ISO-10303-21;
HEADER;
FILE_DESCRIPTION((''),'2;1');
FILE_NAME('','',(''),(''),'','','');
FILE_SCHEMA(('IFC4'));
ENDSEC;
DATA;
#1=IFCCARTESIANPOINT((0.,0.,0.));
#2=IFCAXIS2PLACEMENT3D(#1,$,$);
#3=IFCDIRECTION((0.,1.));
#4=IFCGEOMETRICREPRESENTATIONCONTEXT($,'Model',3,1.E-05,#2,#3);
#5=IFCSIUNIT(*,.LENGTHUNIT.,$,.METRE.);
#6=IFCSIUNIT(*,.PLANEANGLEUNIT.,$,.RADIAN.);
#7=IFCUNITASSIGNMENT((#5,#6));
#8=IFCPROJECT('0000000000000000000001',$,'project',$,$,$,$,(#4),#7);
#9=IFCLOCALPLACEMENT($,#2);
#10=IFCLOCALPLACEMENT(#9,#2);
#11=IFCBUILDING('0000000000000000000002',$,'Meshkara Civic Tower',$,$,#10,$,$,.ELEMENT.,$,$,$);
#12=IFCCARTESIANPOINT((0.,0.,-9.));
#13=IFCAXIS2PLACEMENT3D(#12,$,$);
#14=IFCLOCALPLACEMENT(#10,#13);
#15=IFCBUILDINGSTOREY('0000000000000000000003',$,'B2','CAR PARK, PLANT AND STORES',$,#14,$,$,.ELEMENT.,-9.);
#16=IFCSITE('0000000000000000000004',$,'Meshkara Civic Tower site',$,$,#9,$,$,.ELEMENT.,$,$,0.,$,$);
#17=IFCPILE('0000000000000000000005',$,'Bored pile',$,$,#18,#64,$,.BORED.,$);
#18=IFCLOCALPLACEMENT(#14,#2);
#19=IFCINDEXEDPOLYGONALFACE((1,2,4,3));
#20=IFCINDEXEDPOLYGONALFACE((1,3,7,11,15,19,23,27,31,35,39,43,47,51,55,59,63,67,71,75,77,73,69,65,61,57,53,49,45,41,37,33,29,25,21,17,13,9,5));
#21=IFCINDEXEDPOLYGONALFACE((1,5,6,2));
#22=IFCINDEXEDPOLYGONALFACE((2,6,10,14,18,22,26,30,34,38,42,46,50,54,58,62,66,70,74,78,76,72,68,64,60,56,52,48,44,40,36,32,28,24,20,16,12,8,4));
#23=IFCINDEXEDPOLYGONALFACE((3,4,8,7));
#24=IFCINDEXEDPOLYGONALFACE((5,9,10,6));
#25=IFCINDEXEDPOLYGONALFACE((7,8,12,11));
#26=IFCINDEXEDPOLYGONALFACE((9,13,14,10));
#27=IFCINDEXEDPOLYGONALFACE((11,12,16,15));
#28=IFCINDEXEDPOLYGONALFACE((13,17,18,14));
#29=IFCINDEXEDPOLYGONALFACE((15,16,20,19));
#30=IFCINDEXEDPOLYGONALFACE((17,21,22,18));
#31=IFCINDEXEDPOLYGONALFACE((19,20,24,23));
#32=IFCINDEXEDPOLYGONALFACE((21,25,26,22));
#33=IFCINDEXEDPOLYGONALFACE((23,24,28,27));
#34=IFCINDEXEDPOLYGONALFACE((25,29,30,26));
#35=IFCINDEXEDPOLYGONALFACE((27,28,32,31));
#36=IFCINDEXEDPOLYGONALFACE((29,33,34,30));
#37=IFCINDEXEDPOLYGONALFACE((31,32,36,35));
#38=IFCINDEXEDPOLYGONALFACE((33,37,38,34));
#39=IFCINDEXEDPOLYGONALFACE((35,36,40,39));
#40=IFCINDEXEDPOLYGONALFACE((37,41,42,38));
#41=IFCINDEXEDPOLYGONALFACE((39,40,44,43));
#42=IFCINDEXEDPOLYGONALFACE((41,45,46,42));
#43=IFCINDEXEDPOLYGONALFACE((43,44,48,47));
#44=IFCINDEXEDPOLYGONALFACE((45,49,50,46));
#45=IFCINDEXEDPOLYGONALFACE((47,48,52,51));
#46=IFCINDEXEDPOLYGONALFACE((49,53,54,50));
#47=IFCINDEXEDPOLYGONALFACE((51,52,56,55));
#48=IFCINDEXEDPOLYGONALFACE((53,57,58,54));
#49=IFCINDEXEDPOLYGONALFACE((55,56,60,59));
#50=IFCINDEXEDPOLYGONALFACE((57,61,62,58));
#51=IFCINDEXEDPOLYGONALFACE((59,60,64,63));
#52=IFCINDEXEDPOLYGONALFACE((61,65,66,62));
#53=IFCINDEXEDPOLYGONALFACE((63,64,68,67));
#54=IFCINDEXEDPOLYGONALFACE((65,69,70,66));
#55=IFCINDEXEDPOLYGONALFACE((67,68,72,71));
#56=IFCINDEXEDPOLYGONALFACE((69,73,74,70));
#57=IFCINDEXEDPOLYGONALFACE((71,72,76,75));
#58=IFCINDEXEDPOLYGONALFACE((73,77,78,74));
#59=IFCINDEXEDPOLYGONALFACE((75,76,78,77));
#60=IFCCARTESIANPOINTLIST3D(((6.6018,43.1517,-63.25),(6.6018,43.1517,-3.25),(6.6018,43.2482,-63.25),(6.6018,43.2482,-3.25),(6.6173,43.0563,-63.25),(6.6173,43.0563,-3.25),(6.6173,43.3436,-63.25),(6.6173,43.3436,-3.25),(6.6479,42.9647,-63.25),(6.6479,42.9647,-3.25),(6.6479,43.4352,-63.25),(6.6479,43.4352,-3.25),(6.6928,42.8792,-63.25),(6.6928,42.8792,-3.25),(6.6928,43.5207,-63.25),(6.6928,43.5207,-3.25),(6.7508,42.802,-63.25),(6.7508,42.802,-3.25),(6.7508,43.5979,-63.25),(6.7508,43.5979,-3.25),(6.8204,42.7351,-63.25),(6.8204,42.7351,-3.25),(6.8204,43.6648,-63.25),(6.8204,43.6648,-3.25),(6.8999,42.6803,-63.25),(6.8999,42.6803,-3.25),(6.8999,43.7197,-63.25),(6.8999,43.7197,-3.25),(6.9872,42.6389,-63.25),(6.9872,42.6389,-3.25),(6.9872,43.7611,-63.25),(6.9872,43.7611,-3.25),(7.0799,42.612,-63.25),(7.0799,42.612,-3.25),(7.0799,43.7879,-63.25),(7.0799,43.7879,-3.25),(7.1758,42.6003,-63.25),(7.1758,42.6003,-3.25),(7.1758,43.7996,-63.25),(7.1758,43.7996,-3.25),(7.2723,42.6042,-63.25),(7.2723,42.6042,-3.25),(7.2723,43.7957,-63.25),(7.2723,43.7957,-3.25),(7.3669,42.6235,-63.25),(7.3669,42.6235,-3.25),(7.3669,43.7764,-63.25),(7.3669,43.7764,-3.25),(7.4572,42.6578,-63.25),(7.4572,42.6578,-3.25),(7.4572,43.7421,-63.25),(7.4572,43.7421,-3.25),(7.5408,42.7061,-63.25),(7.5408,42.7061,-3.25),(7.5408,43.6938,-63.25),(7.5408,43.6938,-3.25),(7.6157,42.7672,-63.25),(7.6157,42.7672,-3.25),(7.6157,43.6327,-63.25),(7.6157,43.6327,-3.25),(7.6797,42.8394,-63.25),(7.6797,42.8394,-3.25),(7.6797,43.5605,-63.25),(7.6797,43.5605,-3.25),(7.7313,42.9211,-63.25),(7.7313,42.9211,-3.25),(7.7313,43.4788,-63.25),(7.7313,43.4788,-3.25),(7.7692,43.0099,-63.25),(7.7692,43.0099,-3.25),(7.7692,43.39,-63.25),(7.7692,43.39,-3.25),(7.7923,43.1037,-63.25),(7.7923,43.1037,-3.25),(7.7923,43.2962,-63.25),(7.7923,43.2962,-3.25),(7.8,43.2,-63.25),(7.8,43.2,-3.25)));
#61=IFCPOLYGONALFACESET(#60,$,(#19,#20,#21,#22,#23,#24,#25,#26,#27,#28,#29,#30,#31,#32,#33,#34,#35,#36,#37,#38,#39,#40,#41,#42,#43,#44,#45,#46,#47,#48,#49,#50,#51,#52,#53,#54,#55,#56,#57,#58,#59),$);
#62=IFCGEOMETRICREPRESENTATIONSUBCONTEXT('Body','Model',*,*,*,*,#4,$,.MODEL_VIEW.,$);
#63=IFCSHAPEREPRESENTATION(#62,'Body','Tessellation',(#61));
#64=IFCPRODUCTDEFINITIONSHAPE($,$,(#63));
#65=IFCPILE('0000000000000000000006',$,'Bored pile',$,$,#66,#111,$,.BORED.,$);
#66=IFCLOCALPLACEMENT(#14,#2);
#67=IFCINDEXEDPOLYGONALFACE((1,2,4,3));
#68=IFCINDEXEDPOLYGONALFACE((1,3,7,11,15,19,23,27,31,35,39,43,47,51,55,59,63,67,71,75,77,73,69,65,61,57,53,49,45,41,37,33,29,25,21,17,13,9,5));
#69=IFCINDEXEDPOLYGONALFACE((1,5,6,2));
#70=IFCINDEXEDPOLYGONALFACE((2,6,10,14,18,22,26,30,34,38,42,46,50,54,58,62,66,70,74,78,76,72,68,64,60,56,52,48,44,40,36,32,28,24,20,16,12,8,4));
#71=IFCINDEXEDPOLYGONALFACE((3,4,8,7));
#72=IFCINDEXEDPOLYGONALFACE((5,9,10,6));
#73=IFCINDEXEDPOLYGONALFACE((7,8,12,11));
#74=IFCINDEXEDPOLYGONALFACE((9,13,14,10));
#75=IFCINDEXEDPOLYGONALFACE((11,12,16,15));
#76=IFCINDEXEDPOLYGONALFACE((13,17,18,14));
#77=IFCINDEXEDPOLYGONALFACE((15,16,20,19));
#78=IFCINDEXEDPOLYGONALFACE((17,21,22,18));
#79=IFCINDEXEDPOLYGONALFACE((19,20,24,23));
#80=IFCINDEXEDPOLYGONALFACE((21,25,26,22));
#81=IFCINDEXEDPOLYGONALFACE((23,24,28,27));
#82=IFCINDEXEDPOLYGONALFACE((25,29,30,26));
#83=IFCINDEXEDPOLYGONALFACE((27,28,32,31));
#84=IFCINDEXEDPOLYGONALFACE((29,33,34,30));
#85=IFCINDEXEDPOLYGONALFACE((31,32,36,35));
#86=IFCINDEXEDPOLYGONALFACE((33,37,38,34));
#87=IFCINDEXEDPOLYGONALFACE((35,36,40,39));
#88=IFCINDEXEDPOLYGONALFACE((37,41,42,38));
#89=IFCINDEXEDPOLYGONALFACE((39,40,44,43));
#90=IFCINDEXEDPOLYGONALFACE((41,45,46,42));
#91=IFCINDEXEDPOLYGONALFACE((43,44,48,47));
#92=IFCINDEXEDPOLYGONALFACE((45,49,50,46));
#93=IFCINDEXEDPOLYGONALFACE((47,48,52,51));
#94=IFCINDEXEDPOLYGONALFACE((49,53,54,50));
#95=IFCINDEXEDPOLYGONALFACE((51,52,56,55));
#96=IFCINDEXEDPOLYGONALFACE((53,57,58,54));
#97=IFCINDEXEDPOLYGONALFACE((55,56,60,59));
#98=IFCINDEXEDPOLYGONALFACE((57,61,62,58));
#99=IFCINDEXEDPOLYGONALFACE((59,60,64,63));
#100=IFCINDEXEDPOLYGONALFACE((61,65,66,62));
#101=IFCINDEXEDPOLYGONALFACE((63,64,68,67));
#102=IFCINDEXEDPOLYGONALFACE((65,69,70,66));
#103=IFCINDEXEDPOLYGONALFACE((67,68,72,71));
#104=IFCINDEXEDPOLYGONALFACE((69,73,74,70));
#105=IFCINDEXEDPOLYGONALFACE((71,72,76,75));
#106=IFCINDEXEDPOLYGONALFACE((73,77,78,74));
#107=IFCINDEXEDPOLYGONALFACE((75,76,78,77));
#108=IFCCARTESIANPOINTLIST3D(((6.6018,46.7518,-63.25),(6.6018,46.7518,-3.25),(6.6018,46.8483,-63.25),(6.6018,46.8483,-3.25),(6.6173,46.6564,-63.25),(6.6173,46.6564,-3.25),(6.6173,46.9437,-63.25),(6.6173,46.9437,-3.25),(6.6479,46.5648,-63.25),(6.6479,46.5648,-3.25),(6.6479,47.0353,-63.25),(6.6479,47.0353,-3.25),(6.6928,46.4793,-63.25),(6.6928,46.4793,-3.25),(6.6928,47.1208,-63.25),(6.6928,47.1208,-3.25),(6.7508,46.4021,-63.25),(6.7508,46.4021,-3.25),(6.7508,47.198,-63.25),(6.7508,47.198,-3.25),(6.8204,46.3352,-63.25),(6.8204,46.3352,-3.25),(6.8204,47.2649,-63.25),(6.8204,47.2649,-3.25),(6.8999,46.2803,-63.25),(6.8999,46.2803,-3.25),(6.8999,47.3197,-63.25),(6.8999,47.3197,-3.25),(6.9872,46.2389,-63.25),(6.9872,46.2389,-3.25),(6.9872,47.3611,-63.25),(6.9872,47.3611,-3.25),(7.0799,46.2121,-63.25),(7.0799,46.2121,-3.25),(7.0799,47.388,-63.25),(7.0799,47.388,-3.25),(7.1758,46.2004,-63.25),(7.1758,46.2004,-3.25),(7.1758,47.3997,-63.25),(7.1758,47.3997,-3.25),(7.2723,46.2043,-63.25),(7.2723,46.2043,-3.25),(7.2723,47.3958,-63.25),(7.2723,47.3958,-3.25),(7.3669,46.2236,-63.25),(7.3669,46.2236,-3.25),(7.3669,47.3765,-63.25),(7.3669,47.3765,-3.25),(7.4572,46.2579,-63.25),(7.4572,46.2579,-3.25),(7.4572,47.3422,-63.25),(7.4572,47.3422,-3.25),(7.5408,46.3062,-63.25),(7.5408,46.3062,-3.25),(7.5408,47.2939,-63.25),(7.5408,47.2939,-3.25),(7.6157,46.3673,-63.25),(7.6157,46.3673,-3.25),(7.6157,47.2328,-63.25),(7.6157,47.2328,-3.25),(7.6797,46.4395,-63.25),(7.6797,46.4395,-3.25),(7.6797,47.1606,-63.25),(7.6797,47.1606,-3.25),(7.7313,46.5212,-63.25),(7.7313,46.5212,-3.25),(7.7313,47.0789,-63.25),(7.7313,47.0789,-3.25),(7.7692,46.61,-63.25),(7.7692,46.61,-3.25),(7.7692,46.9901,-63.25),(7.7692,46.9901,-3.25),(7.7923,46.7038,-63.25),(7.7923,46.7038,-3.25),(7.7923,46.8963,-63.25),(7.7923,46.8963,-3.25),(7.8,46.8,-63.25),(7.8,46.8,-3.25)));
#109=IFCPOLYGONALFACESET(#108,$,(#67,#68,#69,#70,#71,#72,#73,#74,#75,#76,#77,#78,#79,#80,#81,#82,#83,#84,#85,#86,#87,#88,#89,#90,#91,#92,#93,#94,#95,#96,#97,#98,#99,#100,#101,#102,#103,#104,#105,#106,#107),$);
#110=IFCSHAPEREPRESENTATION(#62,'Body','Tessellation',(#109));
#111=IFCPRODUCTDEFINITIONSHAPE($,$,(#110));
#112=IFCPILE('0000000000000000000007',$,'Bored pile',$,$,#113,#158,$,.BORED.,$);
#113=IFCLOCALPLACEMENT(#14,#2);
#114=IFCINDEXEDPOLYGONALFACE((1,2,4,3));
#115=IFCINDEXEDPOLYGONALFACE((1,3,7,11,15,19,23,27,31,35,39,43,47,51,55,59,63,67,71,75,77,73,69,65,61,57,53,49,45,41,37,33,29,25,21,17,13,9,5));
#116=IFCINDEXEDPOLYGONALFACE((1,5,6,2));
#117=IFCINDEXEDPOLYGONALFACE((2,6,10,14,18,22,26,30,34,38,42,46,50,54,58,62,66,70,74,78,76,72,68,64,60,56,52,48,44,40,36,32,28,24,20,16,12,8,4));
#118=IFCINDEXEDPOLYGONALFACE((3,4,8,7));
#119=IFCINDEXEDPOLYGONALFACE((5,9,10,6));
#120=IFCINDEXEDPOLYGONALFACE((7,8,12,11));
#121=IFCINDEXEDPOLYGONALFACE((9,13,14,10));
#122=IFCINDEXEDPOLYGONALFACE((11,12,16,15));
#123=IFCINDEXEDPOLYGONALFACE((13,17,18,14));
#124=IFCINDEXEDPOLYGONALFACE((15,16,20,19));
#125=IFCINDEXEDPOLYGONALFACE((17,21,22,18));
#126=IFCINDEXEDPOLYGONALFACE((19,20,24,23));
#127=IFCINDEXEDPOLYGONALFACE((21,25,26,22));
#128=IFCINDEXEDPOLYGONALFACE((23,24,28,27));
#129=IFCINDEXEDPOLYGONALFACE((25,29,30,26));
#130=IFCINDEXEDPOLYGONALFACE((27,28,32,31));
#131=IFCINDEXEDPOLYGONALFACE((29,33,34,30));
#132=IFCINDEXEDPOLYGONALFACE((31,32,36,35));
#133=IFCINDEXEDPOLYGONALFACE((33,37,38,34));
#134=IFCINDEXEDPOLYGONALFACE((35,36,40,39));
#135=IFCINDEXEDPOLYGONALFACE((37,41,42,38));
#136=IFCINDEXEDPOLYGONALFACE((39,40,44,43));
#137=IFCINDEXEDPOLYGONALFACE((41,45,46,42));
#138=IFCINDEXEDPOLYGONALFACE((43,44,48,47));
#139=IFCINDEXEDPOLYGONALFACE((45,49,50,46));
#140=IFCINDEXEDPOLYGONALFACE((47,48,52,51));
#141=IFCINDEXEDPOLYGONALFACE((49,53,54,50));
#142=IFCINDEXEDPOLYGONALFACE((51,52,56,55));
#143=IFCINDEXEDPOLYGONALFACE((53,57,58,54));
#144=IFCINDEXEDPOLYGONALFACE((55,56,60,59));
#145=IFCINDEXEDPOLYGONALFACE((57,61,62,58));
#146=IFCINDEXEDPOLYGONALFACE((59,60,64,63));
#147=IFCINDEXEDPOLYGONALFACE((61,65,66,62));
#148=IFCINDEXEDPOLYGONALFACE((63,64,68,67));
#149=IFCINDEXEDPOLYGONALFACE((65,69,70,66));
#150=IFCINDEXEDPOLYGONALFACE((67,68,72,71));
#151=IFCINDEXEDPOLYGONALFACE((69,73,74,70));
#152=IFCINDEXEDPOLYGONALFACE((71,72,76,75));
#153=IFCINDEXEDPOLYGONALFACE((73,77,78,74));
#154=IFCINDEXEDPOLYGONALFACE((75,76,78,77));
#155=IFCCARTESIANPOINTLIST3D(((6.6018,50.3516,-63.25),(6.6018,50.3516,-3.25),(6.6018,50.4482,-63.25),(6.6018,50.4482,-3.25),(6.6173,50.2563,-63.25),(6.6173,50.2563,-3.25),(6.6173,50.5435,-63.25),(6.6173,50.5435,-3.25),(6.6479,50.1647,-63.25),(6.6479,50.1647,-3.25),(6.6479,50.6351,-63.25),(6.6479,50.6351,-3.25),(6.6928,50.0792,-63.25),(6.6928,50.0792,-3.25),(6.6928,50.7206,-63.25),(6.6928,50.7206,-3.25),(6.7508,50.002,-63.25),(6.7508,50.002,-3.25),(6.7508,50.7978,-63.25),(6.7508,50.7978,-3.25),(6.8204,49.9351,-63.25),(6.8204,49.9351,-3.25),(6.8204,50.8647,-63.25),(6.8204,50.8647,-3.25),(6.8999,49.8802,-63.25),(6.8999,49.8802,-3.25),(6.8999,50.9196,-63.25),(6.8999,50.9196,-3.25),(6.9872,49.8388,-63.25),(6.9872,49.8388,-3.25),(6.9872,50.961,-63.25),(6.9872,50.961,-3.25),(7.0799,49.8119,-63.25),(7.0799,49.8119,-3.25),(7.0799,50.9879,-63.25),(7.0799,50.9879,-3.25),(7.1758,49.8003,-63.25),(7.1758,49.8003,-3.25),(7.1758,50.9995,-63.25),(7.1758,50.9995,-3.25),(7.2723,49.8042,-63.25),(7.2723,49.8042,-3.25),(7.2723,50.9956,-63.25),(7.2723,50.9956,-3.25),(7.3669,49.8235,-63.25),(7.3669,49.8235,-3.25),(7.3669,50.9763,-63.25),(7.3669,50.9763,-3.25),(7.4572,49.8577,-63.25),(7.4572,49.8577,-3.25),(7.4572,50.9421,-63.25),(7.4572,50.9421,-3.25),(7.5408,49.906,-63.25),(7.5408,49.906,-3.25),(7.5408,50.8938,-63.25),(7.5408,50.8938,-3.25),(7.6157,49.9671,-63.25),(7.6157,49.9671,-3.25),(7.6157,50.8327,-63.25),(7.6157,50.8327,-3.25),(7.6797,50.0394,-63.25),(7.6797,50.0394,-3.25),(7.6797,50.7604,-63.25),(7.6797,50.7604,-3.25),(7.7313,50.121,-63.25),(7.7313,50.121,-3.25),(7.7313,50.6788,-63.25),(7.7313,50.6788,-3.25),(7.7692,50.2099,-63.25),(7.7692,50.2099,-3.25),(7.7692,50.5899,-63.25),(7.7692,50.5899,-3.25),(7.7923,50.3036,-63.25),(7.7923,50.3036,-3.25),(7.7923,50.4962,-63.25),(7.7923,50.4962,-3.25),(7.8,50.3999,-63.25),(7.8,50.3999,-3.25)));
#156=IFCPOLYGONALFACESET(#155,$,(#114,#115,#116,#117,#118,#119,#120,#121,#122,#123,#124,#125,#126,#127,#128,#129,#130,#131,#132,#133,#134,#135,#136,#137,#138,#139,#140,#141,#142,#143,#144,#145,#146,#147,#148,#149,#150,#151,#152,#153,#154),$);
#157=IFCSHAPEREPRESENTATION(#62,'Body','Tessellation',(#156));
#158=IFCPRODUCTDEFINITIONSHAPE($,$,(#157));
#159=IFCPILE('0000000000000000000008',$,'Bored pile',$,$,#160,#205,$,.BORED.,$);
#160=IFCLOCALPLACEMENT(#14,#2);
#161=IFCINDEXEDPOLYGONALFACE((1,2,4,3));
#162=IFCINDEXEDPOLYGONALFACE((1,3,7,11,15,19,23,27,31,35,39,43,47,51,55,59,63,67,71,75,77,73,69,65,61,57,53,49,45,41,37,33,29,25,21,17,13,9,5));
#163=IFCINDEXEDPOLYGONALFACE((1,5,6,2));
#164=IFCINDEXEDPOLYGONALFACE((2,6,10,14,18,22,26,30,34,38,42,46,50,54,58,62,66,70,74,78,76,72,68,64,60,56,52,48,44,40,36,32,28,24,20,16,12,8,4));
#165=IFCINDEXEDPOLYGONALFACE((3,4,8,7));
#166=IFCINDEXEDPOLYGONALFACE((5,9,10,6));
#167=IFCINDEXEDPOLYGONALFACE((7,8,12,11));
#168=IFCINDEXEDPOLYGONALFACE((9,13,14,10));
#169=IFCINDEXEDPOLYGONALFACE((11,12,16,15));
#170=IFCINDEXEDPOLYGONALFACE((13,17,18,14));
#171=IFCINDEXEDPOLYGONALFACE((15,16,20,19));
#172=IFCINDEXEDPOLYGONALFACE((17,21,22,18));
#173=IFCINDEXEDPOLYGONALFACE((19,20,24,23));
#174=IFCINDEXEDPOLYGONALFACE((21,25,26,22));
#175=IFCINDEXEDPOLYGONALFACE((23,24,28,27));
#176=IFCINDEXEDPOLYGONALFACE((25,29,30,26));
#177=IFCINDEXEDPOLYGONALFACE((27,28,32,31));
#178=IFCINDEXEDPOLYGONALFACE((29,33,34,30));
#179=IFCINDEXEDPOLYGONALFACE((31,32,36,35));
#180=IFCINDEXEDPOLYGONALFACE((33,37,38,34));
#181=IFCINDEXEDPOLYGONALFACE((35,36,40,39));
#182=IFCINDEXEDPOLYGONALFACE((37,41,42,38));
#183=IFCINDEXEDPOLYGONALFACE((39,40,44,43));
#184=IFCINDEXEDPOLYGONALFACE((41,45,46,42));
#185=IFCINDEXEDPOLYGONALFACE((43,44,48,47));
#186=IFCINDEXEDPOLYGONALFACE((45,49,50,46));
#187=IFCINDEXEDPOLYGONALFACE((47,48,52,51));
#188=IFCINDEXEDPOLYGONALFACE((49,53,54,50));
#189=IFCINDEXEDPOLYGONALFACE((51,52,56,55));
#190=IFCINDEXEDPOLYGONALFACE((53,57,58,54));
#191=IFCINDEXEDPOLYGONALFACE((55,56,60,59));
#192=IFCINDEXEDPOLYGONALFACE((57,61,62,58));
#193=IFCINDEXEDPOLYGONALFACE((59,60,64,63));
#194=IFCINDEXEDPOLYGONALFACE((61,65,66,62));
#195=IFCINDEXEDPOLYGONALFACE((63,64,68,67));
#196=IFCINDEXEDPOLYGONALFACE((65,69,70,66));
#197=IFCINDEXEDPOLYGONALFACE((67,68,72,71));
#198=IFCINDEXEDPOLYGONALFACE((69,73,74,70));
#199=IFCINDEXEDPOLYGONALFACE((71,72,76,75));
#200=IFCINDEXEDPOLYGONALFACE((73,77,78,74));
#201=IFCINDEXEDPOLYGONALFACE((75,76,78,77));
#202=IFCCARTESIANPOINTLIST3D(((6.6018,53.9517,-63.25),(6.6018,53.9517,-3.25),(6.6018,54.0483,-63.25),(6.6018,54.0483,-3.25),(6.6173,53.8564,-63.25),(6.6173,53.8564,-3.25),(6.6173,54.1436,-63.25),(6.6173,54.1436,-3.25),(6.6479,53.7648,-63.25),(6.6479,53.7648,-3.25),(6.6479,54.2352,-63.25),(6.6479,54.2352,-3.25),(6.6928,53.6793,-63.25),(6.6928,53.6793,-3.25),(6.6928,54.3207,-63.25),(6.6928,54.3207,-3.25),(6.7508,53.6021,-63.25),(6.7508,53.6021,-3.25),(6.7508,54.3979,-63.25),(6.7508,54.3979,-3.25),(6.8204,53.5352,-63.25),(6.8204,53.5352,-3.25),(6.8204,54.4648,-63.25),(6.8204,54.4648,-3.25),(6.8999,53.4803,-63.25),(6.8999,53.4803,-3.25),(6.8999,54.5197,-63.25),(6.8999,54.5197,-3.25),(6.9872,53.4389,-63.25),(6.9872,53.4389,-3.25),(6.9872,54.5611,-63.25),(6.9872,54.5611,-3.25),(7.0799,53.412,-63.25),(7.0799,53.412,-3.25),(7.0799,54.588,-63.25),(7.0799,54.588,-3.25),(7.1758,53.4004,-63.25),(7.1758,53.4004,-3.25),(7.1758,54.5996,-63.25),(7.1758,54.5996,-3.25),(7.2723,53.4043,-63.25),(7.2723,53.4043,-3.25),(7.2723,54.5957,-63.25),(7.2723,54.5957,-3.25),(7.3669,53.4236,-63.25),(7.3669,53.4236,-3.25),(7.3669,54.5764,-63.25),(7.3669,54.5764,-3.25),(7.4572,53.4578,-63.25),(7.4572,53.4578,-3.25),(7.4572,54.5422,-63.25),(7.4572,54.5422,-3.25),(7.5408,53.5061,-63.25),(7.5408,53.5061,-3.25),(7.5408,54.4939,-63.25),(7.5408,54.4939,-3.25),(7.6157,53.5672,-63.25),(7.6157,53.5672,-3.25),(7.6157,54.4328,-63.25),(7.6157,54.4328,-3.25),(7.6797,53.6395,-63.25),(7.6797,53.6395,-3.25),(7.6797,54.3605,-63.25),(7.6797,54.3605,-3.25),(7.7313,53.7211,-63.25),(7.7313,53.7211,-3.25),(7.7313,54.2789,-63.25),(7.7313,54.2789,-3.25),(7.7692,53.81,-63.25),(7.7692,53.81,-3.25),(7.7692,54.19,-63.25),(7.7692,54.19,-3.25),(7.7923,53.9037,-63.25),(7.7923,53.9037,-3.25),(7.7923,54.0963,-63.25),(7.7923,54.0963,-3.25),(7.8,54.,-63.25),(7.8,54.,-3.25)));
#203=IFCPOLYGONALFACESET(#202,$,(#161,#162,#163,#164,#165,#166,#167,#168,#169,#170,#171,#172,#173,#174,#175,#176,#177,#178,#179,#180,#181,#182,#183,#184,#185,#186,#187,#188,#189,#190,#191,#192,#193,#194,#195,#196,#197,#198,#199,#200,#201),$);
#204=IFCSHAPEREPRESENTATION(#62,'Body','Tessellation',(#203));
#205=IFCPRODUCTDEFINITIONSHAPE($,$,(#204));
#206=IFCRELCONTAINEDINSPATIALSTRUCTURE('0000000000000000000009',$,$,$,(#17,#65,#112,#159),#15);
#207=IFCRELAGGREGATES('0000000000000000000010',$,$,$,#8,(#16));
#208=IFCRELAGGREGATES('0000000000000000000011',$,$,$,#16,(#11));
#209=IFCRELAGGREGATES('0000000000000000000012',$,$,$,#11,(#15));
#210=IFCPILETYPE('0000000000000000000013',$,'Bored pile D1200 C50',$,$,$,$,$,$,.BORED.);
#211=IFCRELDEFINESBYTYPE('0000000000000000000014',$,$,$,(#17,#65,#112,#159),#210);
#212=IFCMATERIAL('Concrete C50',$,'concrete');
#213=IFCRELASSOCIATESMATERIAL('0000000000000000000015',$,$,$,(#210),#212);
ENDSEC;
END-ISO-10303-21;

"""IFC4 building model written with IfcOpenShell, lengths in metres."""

from ifc_helpers import new_model, si_unit, direction, frame, origin, origin_2d, place, context, subcontext, project, spatial, circle, extrude, material, material_profile, profile_set, type_object, element, save


model = new_model("IFC4")

# Units and contexts
model_context = context("Model", 3, precision=1e-05, world=origin(), true_north=direction((0.0, 1.0)))
body_context = subcontext(model_context, "Body", "Model", "MODEL_VIEW")
ifc_project = project(units=[si_unit("LENGTHUNIT", "METRE"), si_unit("PLANEANGLEUNIT", "RADIAN")], contexts=[model_context])

# Site, building, storey
site_placement = place(None, origin())
site = spatial("IfcSite", under=ifc_project, at=site_placement, Name="Meshkara Civic Tower site", CompositionType="ELEMENT", RefElevation=0.0)
building_placement = place(site_placement, origin())
building = spatial("IfcBuilding", under=site, at=building_placement, Name="Meshkara Civic Tower", CompositionType="ELEMENT")
storey_placement = place(building_placement, frame((0.0, 0.0, -9.0)))
storey = spatial("IfcBuildingStorey", under=building, at=storey_placement, Name="B2", Description="CAR PARK, PLANT AND STORES", CompositionType="ELEMENT", Elevation=-9.0)

# Piles
ifc_material_1 = material(Name="Concrete C50", Category="concrete")
ifc_material_profile_1 = material_profile(ifc_material_1, circle(Radius=0.6001, at=origin_2d()))
ifc_profile_set_1 = profile_set([ifc_material_profile_1], Name="Concrete C50")
pile_type = type_object("IfcPileType", Name="Bored pile D1200 C50", PredefinedType="BORED", material=ifc_profile_set_1)
for number, where, z_axis, x_axis, name in (
    (1, (7.2, 43.2, -3.25), (0.0, 0.0, -1.0), (1.0, 0.0, 0.0), "Bored pile"),
    (2, (7.2, 46.8, -3.25), (0.0, 0.0, -1.0), (1.0, 0.0, 0.0), "Bored pile"),
    (3, (7.2, 50.3999, -3.25), (0.0, 0.0, -1.0), (1.0, 0.0, 0.0), "Bored pile"),
    (4, (7.2, 54.0, -3.25), (0.0, 0.0, -1.0), (1.0, 0.0, 0.0), "Bored pile"),
):
    element("IfcPile", number, at=place(storey_placement, frame(where, z_axis=z_axis, x_axis=x_axis)), inside=storey, type_object=pile_type, Name=name, PredefinedType="BORED", context=body_context, shape_type="SweptSolid", body=[
        extrude(circle(Radius=0.6001, at=origin_2d()), origin(), (0.0, 0.0, 1.0), 60.0),
    ])

save(model, "model.ifc")
